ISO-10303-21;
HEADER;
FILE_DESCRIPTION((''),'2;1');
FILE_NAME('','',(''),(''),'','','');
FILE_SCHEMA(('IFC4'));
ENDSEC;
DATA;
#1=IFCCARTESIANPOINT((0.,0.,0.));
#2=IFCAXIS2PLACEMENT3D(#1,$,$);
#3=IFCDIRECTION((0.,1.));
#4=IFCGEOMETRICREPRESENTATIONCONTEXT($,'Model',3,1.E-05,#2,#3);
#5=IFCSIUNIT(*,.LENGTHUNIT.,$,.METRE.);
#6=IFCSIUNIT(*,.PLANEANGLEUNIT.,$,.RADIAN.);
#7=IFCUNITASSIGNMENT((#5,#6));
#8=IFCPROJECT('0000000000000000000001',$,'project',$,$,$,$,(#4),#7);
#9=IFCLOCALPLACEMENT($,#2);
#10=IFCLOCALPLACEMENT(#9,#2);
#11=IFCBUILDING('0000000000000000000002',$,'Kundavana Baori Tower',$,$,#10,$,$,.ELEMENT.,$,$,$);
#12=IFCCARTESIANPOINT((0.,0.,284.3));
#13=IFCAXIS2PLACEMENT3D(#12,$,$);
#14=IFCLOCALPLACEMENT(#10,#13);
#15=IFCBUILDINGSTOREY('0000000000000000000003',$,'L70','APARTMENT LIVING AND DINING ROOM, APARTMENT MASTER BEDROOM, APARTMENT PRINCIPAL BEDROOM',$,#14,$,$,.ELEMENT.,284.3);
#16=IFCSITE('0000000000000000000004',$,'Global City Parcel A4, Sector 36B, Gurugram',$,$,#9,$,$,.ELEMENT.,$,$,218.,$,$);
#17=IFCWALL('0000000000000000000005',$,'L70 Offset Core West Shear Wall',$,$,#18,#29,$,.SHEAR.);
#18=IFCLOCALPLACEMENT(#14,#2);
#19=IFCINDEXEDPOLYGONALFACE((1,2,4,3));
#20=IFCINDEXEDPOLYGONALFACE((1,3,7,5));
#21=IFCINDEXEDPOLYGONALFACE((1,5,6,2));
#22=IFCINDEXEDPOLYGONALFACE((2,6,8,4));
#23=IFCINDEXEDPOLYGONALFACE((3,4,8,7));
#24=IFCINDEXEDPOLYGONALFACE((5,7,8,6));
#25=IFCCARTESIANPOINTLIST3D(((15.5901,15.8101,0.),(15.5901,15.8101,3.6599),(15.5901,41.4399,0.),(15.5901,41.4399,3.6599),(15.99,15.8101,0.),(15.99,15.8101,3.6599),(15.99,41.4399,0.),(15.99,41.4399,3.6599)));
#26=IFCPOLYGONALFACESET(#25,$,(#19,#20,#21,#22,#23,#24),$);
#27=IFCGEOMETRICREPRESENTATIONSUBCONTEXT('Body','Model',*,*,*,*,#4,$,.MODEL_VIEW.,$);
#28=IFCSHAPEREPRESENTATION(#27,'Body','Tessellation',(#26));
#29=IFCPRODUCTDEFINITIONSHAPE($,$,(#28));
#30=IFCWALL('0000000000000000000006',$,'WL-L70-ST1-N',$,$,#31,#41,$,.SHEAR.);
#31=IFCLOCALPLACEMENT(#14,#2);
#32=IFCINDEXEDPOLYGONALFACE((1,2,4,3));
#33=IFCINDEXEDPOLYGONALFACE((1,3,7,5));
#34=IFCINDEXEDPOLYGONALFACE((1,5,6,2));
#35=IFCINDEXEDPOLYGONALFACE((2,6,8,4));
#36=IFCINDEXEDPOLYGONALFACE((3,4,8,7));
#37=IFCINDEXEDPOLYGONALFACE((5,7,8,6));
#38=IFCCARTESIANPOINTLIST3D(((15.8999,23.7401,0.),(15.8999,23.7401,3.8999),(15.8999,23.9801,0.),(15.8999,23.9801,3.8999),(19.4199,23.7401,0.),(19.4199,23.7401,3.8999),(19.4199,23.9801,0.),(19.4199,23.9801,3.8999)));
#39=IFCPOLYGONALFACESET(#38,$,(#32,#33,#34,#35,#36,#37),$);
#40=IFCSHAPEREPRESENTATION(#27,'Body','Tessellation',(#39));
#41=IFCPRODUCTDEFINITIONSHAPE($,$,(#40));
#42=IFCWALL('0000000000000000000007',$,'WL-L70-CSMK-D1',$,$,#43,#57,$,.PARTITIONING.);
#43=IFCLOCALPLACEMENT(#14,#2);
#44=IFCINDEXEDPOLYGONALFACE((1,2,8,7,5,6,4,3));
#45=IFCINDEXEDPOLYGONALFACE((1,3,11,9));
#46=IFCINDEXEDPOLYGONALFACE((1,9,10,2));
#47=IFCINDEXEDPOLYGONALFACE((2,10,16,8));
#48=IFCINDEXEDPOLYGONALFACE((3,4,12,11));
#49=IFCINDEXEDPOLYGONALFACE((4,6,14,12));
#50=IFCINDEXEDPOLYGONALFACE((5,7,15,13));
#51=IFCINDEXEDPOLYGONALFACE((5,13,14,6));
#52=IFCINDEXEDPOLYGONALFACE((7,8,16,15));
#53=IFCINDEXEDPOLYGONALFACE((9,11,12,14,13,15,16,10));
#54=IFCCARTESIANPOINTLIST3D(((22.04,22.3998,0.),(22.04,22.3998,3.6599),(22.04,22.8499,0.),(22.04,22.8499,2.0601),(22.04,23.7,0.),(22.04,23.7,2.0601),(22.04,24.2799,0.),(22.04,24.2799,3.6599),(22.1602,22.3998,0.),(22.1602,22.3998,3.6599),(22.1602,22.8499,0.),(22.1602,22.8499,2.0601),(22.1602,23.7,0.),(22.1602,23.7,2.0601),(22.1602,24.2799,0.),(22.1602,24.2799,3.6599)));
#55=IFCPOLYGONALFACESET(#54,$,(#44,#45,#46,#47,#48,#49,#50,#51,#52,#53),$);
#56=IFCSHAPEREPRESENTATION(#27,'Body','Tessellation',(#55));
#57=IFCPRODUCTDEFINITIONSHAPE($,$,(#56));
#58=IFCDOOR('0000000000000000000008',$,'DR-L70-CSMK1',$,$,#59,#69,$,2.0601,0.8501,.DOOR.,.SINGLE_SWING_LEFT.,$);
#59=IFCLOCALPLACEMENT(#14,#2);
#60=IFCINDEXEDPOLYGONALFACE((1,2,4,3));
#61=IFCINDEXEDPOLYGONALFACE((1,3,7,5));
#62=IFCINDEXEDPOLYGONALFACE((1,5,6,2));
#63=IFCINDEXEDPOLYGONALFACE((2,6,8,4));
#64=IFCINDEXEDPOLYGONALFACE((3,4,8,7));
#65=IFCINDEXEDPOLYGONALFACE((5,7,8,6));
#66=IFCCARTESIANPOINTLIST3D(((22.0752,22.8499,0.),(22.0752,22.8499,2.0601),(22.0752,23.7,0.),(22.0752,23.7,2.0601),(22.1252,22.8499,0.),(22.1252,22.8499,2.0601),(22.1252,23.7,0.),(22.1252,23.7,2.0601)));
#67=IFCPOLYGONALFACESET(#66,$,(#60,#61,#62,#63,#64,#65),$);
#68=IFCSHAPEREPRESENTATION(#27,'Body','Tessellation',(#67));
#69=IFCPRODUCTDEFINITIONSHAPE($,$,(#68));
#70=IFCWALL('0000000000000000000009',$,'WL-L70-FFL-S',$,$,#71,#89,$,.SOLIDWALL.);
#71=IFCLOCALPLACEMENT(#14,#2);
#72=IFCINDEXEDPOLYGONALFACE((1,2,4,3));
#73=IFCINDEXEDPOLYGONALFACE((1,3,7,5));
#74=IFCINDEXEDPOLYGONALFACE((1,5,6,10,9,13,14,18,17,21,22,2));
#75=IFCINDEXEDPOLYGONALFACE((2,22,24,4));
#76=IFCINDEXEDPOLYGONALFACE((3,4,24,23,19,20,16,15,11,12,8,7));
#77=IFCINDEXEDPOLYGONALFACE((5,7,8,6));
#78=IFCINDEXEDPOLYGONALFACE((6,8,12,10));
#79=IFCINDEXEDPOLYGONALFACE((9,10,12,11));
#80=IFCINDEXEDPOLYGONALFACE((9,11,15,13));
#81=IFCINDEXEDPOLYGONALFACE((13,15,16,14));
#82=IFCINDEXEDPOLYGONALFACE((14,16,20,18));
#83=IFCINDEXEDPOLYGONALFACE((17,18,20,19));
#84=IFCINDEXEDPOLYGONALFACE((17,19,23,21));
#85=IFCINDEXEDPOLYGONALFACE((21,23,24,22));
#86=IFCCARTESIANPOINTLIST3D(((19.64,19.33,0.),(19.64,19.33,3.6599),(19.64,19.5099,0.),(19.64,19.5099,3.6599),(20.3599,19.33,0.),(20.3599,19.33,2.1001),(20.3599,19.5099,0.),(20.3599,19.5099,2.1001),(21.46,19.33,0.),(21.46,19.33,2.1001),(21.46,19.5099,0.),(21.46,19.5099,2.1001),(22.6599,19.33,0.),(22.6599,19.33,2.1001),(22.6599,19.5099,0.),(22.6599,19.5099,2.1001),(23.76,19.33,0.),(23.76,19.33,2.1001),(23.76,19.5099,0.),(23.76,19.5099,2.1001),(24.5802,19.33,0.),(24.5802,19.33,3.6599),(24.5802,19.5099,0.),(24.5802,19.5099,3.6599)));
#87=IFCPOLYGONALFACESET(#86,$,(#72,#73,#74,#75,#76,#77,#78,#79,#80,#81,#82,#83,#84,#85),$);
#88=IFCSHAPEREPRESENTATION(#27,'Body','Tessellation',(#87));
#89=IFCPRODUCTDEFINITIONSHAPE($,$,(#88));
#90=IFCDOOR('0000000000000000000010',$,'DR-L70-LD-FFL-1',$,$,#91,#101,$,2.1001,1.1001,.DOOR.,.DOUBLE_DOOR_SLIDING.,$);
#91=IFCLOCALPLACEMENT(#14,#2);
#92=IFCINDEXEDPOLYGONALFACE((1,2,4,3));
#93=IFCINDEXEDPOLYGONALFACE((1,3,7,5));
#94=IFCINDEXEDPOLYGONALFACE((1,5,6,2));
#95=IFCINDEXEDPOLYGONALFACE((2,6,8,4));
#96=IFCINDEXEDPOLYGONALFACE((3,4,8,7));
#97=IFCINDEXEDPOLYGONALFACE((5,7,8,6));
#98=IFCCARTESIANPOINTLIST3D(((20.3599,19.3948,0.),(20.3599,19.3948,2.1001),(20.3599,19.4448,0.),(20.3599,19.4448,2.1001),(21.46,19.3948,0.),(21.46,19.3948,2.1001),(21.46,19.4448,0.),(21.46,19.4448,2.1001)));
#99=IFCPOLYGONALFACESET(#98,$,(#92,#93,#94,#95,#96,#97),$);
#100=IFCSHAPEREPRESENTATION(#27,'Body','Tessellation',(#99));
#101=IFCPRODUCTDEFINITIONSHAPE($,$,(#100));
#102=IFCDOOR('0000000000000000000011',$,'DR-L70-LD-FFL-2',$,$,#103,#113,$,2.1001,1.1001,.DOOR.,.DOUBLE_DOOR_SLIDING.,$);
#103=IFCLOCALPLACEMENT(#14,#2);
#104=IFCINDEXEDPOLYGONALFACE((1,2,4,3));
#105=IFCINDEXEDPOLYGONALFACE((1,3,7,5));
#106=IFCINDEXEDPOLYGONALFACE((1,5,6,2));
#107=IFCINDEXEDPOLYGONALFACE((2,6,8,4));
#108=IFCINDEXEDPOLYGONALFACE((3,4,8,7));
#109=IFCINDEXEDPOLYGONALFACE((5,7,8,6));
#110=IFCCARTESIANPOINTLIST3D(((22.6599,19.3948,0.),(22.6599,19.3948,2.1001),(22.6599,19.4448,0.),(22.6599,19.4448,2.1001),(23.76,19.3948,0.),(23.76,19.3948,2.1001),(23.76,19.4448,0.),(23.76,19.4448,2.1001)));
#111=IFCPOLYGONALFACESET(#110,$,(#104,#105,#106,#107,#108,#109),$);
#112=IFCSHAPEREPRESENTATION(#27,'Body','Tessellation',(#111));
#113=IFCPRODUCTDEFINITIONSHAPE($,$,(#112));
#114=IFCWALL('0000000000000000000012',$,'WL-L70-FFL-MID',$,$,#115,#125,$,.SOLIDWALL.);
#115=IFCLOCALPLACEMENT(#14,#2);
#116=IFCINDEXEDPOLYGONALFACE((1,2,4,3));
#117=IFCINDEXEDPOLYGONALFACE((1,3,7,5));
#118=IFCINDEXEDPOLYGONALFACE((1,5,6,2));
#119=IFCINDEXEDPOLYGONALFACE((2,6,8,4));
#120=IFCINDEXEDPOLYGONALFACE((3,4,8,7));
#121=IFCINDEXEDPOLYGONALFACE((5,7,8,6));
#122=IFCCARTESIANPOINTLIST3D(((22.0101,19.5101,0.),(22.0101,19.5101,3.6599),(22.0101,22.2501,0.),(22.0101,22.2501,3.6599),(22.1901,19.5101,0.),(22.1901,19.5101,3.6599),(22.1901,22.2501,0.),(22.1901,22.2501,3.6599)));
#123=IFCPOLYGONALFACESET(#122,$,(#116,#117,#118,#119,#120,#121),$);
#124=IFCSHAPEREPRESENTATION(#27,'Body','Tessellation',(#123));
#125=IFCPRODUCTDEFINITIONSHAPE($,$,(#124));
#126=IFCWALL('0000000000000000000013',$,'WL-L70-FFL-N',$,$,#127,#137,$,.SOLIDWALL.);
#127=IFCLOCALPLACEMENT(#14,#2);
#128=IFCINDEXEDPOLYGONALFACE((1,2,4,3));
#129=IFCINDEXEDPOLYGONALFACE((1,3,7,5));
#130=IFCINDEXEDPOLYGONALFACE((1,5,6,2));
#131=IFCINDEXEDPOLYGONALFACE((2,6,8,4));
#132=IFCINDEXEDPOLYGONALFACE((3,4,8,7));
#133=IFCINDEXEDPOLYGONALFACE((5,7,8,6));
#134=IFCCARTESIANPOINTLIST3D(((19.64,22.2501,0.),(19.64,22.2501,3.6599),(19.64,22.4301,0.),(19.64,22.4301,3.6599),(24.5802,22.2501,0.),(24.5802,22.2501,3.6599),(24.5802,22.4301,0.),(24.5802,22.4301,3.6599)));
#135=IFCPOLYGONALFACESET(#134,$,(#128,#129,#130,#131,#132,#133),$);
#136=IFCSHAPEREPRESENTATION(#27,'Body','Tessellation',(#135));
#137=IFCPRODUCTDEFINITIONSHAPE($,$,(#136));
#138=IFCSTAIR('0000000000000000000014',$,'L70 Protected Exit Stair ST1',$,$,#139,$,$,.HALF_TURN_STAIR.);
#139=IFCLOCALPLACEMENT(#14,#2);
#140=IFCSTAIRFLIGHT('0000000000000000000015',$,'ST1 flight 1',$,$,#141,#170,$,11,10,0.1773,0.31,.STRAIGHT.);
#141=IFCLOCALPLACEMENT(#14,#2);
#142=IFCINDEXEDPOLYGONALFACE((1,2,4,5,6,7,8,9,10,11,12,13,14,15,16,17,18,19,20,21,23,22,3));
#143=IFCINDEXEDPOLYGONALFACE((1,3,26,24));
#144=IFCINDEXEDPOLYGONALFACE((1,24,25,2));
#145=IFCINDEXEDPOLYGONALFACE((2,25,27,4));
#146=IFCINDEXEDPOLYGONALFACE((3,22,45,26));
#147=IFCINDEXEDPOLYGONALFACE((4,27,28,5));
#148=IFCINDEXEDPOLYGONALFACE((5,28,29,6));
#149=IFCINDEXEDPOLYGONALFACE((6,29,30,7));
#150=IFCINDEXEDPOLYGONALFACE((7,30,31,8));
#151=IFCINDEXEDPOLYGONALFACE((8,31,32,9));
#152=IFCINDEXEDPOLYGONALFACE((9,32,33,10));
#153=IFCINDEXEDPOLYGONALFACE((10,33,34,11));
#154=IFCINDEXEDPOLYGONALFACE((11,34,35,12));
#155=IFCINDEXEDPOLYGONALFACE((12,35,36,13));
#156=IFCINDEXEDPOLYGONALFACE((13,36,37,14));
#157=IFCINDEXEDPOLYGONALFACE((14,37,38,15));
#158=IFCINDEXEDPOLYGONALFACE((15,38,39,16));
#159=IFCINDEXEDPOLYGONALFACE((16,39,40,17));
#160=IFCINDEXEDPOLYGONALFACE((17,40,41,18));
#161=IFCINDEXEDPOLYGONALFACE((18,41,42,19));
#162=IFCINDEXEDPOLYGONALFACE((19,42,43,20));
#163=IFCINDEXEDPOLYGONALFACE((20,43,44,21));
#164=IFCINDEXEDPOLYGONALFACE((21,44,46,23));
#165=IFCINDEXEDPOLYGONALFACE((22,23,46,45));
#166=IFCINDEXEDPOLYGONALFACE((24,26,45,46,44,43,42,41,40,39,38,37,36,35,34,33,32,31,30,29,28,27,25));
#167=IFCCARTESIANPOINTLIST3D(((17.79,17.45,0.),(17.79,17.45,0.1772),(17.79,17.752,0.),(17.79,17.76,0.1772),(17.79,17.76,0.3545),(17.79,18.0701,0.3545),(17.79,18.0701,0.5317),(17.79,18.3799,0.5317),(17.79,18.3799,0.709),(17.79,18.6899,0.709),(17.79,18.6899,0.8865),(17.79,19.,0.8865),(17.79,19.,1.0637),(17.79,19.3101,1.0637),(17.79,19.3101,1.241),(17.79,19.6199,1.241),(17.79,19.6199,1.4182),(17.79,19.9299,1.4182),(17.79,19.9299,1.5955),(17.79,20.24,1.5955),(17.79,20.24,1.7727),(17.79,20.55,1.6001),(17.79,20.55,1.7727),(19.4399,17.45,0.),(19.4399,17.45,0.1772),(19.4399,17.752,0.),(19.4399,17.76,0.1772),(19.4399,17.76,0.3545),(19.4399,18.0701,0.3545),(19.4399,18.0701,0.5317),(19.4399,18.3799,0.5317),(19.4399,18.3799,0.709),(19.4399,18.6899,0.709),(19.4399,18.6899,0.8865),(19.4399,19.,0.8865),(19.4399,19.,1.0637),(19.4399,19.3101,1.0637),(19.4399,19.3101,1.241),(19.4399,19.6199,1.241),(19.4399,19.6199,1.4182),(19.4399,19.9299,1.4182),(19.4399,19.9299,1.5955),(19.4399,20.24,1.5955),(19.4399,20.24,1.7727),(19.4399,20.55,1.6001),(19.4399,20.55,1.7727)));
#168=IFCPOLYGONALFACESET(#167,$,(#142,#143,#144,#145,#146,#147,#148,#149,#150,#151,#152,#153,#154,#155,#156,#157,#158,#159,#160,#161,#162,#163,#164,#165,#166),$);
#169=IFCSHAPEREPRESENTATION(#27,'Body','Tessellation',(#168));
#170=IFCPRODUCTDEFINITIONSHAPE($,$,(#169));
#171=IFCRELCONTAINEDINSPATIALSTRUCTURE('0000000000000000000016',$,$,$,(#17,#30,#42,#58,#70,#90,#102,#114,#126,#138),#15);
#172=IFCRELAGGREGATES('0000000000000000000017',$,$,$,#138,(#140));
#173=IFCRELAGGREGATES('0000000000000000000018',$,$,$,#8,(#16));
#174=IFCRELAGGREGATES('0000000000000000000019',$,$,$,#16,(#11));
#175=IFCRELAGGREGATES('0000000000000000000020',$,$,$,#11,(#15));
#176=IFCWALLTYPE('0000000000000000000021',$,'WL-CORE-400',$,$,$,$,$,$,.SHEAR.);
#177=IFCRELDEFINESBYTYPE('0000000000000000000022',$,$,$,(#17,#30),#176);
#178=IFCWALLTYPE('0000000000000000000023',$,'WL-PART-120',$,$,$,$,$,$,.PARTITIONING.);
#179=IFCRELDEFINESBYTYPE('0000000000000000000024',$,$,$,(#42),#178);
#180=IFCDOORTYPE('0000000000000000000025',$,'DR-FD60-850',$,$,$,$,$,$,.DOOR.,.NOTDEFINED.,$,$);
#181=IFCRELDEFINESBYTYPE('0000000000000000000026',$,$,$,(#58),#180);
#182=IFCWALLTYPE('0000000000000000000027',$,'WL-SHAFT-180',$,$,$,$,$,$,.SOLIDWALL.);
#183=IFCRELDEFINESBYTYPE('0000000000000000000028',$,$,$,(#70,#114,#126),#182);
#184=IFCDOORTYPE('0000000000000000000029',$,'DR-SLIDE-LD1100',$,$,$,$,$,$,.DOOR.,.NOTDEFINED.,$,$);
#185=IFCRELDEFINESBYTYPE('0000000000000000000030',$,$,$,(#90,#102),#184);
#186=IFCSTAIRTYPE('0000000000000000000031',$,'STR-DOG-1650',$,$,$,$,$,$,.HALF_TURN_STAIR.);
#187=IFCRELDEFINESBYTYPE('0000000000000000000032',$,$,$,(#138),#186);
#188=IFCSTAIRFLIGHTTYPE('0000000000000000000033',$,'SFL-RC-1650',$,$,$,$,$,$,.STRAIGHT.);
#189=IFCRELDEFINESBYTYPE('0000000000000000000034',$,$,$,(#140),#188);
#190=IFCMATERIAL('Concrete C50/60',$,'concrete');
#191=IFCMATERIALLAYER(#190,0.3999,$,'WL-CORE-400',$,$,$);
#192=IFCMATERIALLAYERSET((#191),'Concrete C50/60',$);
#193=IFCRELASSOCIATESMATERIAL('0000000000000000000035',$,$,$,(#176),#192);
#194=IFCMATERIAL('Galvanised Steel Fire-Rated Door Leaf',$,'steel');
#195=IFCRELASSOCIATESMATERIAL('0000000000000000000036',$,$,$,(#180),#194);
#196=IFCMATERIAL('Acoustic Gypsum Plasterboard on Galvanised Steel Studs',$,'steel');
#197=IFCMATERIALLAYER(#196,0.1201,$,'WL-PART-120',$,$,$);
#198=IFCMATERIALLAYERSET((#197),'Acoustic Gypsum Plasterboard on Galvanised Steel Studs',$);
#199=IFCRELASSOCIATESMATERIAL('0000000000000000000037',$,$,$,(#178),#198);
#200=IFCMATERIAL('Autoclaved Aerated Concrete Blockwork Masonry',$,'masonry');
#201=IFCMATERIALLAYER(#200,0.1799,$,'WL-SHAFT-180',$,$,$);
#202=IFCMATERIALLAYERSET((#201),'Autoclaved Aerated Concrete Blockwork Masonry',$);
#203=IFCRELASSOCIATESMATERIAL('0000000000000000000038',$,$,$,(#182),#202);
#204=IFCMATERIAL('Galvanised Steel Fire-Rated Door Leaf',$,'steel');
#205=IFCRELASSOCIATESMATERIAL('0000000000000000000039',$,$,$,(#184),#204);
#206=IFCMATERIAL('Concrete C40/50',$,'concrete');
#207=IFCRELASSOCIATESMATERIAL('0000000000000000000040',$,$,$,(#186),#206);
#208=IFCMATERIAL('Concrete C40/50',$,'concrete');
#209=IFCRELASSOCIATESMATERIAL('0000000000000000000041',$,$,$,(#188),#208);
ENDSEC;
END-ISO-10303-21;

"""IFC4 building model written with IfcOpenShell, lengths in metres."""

from ifc_helpers import new_model, si_unit, direction, frame, frame_2d, origin, place, context, subcontext, project, spatial, polyline, rectangle, outline, extrude, material, layer, layer_set, type_object, element, fill, aggregate, save


model = new_model("IFC4")

# Units and contexts
model_context = context("Model", 3, precision=1e-05, world=origin(), true_north=direction((0.0, 1.0)))
body_context = subcontext(model_context, "Body", "Model", "MODEL_VIEW")
ifc_project = project(units=[si_unit("LENGTHUNIT", "METRE"), si_unit("PLANEANGLEUNIT", "RADIAN")], contexts=[model_context])

# Site, building, storey
site_placement = place(None, origin())
site = spatial("IfcSite", under=ifc_project, at=site_placement, Name="Global City Parcel A4, Sector 36B, Gurugram", CompositionType="ELEMENT", RefElevation=218.0)
building_placement = place(site_placement, origin())
building = spatial("IfcBuilding", under=site, at=building_placement, Name="Kundavana Baori Tower", CompositionType="ELEMENT")
storey_placement = place(building_placement, frame((0.0, 0.0, 284.3)))
storey = spatial("IfcBuildingStorey", under=building, at=storey_placement, Name="L70", Description="APARTMENT LIVING AND DINING ROOM, APARTMENT MASTER BEDROOM, APARTMENT PRINCIPAL BEDROOM", CompositionType="ELEMENT", Elevation=284.3)

# Wall
ifc_material_1 = material(Name="Concrete C50/60", Category="concrete")
ifc_layer_1 = layer(ifc_material_1, 0.3999, Name="WL-CORE-400")
ifc_layer_set_1 = layer_set([ifc_layer_1], Name="Concrete C50/60")
wall_type_1 = type_object("IfcWallType", Name="WL-CORE-400", PredefinedType="SHEAR", material=ifc_layer_set_1)
wall_1_placement = place(storey_placement, frame((15.79, 15.8101, 0.0), z_axis=(0.0, 0.0, 1.0), x_axis=(0.0, 1.0, 0.0)))
element("IfcWall", 1, at=wall_1_placement, inside=storey, type_object=wall_type_1, Name="L70 Offset Core West Shear Wall", PredefinedType="SHEAR", context=body_context, shape_type="SweptSolid", body=[
    extrude(rectangle(XDim=25.6299, YDim=0.3999, at=frame_2d((12.8149, 0.0))), origin(), (0.0, 0.0, 1.0), 3.6599),
])

# Shared definitions
ifc_material_2 = material(Name="Galvanised Steel Fire-Rated Door Leaf", Category="steel")
door_type_1 = type_object("IfcDoorType", Name="DR-FD60-850", OperationType="NOTDEFINED", PredefinedType="DOOR", material=ifc_material_2)

# Wall
wall_2_placement = place(storey_placement, frame((15.8999, 23.8601, 0.0), z_axis=(0.0, 0.0, 1.0), x_axis=(1.0, 0.0, 0.0)))
element("IfcWall", 2, at=wall_2_placement, inside=storey, type_object=wall_type_1, Name="WL-L70-ST1-N", PredefinedType="SHEAR", context=body_context, shape_type="SweptSolid", body=[
    extrude(rectangle(XDim=3.52, YDim=0.24, at=frame_2d((1.76, 0.0))), origin(), (0.0, 0.0, 1.0), 3.8999),
])

# Wall, opening, door
ifc_material_3 = material(Name="Acoustic Gypsum Plasterboard on Galvanised Steel Studs", Category="steel")
ifc_layer_2 = layer(ifc_material_3, 0.1201, Name="WL-PART-120")
ifc_layer_set_2 = layer_set([ifc_layer_2], Name="Acoustic Gypsum Plasterboard on Galvanised Steel Studs")
wall_type_2 = type_object("IfcWallType", Name="WL-PART-120", PredefinedType="PARTITIONING", material=ifc_layer_set_2)
wall_3_placement = place(storey_placement, frame((22.1001, 22.3999, 0.0), z_axis=(0.0, 0.0, 1.0), x_axis=(0.0, 1.0, 0.0)))
wall_3 = element("IfcWall", 3, at=wall_3_placement, inside=storey, type_object=wall_type_2, Name="WL-L70-CSMK-D1", PredefinedType="PARTITIONING", context=body_context, shape_type="SweptSolid", body=[
    extrude(rectangle(XDim=1.8801, YDim=0.1201, at=frame_2d((0.9399, 0.0))), origin(), (0.0, 0.0, 1.0), 3.6599),
])
opening_1_placement = place(wall_3_placement, frame((0.45, 0.0, 0.0)))
opening_1 = element("IfcOpeningElement", 4, at=opening_1_placement, cuts=wall_3, PredefinedType="OPENING", context=body_context, shape_type="SweptSolid", body=[
    extrude(rectangle(XDim=0.8501, YDim=2.0601, at=frame_2d((0.425, 1.03))), frame((0.0, 0.0701, 0.0), z_axis=(0.0, -1.0, 0.0), x_axis=(1.0, 0.0, 0.0)), (0.0, 0.0, 1.0), 0.1401),
])
door_1_placement = place(opening_1_placement, origin())
door_1 = element("IfcDoor", 5, at=door_1_placement, inside=storey, type_object=door_type_1, Name="DR-L70-CSMK1", OperationType="SINGLE_SWING_LEFT", OverallHeight=2.0601, OverallWidth=0.8501, PredefinedType="DOOR", context=body_context, shape_type="SweptSolid", body=[
    extrude(rectangle(XDim=0.8501, YDim=2.0601, at=frame_2d((0.425, 1.03))), frame((0.0, 0.0249, 0.0), z_axis=(0.0, -1.0, 0.0), x_axis=(1.0, 0.0, 0.0)), (0.0, 0.0, 1.0), 0.05),
])
fill(opening_1, door_1)

# Wall, openings, doors
ifc_material_4 = material(Name="Autoclaved Aerated Concrete Blockwork Masonry", Category="masonry")
ifc_layer_3 = layer(ifc_material_4, 0.1799, Name="WL-SHAFT-180")
ifc_layer_set_3 = layer_set([ifc_layer_3], Name="Autoclaved Aerated Concrete Blockwork Masonry")
wall_type_3 = type_object("IfcWallType", Name="WL-SHAFT-180", PredefinedType="SOLIDWALL", material=ifc_layer_set_3)
wall_4_placement = place(storey_placement, frame((19.6399, 19.4199, 0.0), z_axis=(0.0, 0.0, 1.0), x_axis=(1.0, 0.0, 0.0)))
wall_4 = element("IfcWall", 6, at=wall_4_placement, inside=storey, type_object=wall_type_3, Name="WL-L70-FFL-S", PredefinedType="SOLIDWALL", context=body_context, shape_type="SweptSolid", body=[
    extrude(rectangle(XDim=4.9402, YDim=0.1799, at=frame_2d((2.4702, 0.0))), origin(), (0.0, 0.0, 1.0), 3.6599),
])
opening_2_placement = place(wall_4_placement, frame((0.72, 0.0, 0.0)))
opening_2 = element("IfcOpeningElement", 7, at=opening_2_placement, cuts=wall_4, PredefinedType="OPENING", context=body_context, shape_type="SweptSolid", body=[
    extrude(rectangle(XDim=1.1001, YDim=2.1001, at=frame_2d((0.55, 1.05))), frame((0.0, 0.1001, 0.0), z_axis=(0.0, -1.0, 0.0), x_axis=(1.0, 0.0, 0.0)), (0.0, 0.0, 1.0), 0.2),
])
opening_3_placement = place(wall_4_placement, frame((3.02, 0.0, 0.0)))
opening_3 = element("IfcOpeningElement", 8, at=opening_3_placement, cuts=wall_4, PredefinedType="OPENING", context=body_context, shape_type="SweptSolid", body=[
    extrude(rectangle(XDim=1.1001, YDim=2.1001, at=frame_2d((0.55, 1.05))), frame((0.0, 0.1001, 0.0), z_axis=(0.0, -1.0, 0.0), x_axis=(1.0, 0.0, 0.0)), (0.0, 0.0, 1.0), 0.2),
])
ifc_material_5 = material(Name="Galvanised Steel Fire-Rated Door Leaf", Category="steel")
door_type_2 = type_object("IfcDoorType", Name="DR-SLIDE-LD1100", OperationType="NOTDEFINED", PredefinedType="DOOR", material=ifc_material_5)
door_2_placement = place(opening_2_placement, origin())
door_2 = element("IfcDoor", 9, at=door_2_placement, inside=storey, type_object=door_type_2, Name="DR-L70-LD-FFL-1", OperationType="DOUBLE_DOOR_SLIDING", OverallHeight=2.1001, OverallWidth=1.1001, PredefinedType="DOOR", context=body_context, shape_type="SweptSolid", body=[
    extrude(rectangle(XDim=1.1001, YDim=2.1001, at=frame_2d((0.55, 1.05))), frame((0.0, 0.0249, 0.0), z_axis=(0.0, -1.0, 0.0), x_axis=(1.0, 0.0, 0.0)), (0.0, 0.0, 1.0), 0.05),
])
fill(opening_2, door_2)
door_3_placement = place(opening_3_placement, origin())
door_3 = element("IfcDoor", 10, at=door_3_placement, inside=storey, type_object=door_type_2, Name="DR-L70-LD-FFL-2", OperationType="DOUBLE_DOOR_SLIDING", OverallHeight=2.1001, OverallWidth=1.1001, PredefinedType="DOOR", context=body_context, shape_type="SweptSolid", body=[
    extrude(rectangle(XDim=1.1001, YDim=2.1001, at=frame_2d((0.55, 1.05))), frame((0.0, 0.0249, 0.0), z_axis=(0.0, -1.0, 0.0), x_axis=(1.0, 0.0, 0.0)), (0.0, 0.0, 1.0), 0.05),
])
fill(opening_3, door_3)

# Walls
wall_5_placement = place(storey_placement, frame((22.1001, 19.51, 0.0), z_axis=(0.0, 0.0, 1.0), x_axis=(0.0, 1.0, 0.0)))
element("IfcWall", 11, at=wall_5_placement, inside=storey, type_object=wall_type_3, Name="WL-L70-FFL-MID", PredefinedType="SOLIDWALL", context=body_context, shape_type="SweptSolid", body=[
    extrude(rectangle(XDim=2.74, YDim=0.1799, at=frame_2d((1.3701, 0.0))), origin(), (0.0, 0.0, 1.0), 3.6599),
])
wall_6_placement = place(storey_placement, frame((19.6399, 22.3401, 0.0), z_axis=(0.0, 0.0, 1.0), x_axis=(1.0, 0.0, 0.0)))
element("IfcWall", 12, at=wall_6_placement, inside=storey, type_object=wall_type_3, Name="WL-L70-FFL-N", PredefinedType="SOLIDWALL", context=body_context, shape_type="SweptSolid", body=[
    extrude(rectangle(XDim=4.9402, YDim=0.1799, at=frame_2d((2.4702, 0.0))), origin(), (0.0, 0.0, 1.0), 3.6599),
])

# Stair, stair flight
ifc_material_6 = material(Name="Concrete C40/50", Category="concrete")
stair_type = type_object("IfcStairType", Name="STR-DOG-1650", PredefinedType="HALF_TURN_STAIR", material=ifc_material_6)
stair_placement = place(storey_placement, origin())
stair = element("IfcStair", 13, at=stair_placement, inside=storey, type_object=stair_type, Name="L70 Protected Exit Stair ST1", PredefinedType="HALF_TURN_STAIR")
ifc_material_7 = material(Name="Concrete C40/50", Category="concrete")
stair_flight_type = type_object("IfcStairFlightType", Name="SFL-RC-1650", PredefinedType="STRAIGHT", material=ifc_material_7)
stair_flight_1_placement = place(storey_placement, frame((18.615, 17.45, 0.0), z_axis=(0.0, 0.0, 1.0), x_axis=(0.0, 1.0, 0.0)))
stair_flight_1 = element("IfcStairFlight", 14, at=stair_flight_1_placement, type_object=stair_flight_type, Name="ST1 flight 1", NumberOfRisers=11, NumberOfTreads=10, PredefinedType="STRAIGHT", RiserHeight=0.1773, TreadLength=0.31, context=body_context, shape_type="SweptSolid", body=[
    extrude(outline(polyline([(0.0, 0.0), (0.0, 0.1772), (0.3101, 0.1772), (0.3101, 0.3545), (0.6201, 0.3545), (0.6201, 0.5317), (0.9299, 0.5317), (0.9299, 0.709), (1.24, 0.709), (1.24, 0.8865), (1.55, 0.8865), (1.55, 1.0637), (1.8601, 1.0637), (1.8601, 1.241), (2.1699, 1.241), (2.1699, 1.4182), (2.48, 1.4182), (2.48, 1.5955), (2.79, 1.5955), (2.79, 1.7727), (3.1001, 1.7727), (3.1001, 1.95), (3.1001, 1.6001), (0.302, 0.0), (0.0, 0.0)])), frame((0.0, 0.825, 0.0), z_axis=(0.0, -1.0, 0.0), x_axis=(1.0, 0.0, 0.0)), (0.0, 0.0, 1.0), 1.6499),
])
aggregate(stair, [stair_flight_1])

save(model, "model.ifc")
